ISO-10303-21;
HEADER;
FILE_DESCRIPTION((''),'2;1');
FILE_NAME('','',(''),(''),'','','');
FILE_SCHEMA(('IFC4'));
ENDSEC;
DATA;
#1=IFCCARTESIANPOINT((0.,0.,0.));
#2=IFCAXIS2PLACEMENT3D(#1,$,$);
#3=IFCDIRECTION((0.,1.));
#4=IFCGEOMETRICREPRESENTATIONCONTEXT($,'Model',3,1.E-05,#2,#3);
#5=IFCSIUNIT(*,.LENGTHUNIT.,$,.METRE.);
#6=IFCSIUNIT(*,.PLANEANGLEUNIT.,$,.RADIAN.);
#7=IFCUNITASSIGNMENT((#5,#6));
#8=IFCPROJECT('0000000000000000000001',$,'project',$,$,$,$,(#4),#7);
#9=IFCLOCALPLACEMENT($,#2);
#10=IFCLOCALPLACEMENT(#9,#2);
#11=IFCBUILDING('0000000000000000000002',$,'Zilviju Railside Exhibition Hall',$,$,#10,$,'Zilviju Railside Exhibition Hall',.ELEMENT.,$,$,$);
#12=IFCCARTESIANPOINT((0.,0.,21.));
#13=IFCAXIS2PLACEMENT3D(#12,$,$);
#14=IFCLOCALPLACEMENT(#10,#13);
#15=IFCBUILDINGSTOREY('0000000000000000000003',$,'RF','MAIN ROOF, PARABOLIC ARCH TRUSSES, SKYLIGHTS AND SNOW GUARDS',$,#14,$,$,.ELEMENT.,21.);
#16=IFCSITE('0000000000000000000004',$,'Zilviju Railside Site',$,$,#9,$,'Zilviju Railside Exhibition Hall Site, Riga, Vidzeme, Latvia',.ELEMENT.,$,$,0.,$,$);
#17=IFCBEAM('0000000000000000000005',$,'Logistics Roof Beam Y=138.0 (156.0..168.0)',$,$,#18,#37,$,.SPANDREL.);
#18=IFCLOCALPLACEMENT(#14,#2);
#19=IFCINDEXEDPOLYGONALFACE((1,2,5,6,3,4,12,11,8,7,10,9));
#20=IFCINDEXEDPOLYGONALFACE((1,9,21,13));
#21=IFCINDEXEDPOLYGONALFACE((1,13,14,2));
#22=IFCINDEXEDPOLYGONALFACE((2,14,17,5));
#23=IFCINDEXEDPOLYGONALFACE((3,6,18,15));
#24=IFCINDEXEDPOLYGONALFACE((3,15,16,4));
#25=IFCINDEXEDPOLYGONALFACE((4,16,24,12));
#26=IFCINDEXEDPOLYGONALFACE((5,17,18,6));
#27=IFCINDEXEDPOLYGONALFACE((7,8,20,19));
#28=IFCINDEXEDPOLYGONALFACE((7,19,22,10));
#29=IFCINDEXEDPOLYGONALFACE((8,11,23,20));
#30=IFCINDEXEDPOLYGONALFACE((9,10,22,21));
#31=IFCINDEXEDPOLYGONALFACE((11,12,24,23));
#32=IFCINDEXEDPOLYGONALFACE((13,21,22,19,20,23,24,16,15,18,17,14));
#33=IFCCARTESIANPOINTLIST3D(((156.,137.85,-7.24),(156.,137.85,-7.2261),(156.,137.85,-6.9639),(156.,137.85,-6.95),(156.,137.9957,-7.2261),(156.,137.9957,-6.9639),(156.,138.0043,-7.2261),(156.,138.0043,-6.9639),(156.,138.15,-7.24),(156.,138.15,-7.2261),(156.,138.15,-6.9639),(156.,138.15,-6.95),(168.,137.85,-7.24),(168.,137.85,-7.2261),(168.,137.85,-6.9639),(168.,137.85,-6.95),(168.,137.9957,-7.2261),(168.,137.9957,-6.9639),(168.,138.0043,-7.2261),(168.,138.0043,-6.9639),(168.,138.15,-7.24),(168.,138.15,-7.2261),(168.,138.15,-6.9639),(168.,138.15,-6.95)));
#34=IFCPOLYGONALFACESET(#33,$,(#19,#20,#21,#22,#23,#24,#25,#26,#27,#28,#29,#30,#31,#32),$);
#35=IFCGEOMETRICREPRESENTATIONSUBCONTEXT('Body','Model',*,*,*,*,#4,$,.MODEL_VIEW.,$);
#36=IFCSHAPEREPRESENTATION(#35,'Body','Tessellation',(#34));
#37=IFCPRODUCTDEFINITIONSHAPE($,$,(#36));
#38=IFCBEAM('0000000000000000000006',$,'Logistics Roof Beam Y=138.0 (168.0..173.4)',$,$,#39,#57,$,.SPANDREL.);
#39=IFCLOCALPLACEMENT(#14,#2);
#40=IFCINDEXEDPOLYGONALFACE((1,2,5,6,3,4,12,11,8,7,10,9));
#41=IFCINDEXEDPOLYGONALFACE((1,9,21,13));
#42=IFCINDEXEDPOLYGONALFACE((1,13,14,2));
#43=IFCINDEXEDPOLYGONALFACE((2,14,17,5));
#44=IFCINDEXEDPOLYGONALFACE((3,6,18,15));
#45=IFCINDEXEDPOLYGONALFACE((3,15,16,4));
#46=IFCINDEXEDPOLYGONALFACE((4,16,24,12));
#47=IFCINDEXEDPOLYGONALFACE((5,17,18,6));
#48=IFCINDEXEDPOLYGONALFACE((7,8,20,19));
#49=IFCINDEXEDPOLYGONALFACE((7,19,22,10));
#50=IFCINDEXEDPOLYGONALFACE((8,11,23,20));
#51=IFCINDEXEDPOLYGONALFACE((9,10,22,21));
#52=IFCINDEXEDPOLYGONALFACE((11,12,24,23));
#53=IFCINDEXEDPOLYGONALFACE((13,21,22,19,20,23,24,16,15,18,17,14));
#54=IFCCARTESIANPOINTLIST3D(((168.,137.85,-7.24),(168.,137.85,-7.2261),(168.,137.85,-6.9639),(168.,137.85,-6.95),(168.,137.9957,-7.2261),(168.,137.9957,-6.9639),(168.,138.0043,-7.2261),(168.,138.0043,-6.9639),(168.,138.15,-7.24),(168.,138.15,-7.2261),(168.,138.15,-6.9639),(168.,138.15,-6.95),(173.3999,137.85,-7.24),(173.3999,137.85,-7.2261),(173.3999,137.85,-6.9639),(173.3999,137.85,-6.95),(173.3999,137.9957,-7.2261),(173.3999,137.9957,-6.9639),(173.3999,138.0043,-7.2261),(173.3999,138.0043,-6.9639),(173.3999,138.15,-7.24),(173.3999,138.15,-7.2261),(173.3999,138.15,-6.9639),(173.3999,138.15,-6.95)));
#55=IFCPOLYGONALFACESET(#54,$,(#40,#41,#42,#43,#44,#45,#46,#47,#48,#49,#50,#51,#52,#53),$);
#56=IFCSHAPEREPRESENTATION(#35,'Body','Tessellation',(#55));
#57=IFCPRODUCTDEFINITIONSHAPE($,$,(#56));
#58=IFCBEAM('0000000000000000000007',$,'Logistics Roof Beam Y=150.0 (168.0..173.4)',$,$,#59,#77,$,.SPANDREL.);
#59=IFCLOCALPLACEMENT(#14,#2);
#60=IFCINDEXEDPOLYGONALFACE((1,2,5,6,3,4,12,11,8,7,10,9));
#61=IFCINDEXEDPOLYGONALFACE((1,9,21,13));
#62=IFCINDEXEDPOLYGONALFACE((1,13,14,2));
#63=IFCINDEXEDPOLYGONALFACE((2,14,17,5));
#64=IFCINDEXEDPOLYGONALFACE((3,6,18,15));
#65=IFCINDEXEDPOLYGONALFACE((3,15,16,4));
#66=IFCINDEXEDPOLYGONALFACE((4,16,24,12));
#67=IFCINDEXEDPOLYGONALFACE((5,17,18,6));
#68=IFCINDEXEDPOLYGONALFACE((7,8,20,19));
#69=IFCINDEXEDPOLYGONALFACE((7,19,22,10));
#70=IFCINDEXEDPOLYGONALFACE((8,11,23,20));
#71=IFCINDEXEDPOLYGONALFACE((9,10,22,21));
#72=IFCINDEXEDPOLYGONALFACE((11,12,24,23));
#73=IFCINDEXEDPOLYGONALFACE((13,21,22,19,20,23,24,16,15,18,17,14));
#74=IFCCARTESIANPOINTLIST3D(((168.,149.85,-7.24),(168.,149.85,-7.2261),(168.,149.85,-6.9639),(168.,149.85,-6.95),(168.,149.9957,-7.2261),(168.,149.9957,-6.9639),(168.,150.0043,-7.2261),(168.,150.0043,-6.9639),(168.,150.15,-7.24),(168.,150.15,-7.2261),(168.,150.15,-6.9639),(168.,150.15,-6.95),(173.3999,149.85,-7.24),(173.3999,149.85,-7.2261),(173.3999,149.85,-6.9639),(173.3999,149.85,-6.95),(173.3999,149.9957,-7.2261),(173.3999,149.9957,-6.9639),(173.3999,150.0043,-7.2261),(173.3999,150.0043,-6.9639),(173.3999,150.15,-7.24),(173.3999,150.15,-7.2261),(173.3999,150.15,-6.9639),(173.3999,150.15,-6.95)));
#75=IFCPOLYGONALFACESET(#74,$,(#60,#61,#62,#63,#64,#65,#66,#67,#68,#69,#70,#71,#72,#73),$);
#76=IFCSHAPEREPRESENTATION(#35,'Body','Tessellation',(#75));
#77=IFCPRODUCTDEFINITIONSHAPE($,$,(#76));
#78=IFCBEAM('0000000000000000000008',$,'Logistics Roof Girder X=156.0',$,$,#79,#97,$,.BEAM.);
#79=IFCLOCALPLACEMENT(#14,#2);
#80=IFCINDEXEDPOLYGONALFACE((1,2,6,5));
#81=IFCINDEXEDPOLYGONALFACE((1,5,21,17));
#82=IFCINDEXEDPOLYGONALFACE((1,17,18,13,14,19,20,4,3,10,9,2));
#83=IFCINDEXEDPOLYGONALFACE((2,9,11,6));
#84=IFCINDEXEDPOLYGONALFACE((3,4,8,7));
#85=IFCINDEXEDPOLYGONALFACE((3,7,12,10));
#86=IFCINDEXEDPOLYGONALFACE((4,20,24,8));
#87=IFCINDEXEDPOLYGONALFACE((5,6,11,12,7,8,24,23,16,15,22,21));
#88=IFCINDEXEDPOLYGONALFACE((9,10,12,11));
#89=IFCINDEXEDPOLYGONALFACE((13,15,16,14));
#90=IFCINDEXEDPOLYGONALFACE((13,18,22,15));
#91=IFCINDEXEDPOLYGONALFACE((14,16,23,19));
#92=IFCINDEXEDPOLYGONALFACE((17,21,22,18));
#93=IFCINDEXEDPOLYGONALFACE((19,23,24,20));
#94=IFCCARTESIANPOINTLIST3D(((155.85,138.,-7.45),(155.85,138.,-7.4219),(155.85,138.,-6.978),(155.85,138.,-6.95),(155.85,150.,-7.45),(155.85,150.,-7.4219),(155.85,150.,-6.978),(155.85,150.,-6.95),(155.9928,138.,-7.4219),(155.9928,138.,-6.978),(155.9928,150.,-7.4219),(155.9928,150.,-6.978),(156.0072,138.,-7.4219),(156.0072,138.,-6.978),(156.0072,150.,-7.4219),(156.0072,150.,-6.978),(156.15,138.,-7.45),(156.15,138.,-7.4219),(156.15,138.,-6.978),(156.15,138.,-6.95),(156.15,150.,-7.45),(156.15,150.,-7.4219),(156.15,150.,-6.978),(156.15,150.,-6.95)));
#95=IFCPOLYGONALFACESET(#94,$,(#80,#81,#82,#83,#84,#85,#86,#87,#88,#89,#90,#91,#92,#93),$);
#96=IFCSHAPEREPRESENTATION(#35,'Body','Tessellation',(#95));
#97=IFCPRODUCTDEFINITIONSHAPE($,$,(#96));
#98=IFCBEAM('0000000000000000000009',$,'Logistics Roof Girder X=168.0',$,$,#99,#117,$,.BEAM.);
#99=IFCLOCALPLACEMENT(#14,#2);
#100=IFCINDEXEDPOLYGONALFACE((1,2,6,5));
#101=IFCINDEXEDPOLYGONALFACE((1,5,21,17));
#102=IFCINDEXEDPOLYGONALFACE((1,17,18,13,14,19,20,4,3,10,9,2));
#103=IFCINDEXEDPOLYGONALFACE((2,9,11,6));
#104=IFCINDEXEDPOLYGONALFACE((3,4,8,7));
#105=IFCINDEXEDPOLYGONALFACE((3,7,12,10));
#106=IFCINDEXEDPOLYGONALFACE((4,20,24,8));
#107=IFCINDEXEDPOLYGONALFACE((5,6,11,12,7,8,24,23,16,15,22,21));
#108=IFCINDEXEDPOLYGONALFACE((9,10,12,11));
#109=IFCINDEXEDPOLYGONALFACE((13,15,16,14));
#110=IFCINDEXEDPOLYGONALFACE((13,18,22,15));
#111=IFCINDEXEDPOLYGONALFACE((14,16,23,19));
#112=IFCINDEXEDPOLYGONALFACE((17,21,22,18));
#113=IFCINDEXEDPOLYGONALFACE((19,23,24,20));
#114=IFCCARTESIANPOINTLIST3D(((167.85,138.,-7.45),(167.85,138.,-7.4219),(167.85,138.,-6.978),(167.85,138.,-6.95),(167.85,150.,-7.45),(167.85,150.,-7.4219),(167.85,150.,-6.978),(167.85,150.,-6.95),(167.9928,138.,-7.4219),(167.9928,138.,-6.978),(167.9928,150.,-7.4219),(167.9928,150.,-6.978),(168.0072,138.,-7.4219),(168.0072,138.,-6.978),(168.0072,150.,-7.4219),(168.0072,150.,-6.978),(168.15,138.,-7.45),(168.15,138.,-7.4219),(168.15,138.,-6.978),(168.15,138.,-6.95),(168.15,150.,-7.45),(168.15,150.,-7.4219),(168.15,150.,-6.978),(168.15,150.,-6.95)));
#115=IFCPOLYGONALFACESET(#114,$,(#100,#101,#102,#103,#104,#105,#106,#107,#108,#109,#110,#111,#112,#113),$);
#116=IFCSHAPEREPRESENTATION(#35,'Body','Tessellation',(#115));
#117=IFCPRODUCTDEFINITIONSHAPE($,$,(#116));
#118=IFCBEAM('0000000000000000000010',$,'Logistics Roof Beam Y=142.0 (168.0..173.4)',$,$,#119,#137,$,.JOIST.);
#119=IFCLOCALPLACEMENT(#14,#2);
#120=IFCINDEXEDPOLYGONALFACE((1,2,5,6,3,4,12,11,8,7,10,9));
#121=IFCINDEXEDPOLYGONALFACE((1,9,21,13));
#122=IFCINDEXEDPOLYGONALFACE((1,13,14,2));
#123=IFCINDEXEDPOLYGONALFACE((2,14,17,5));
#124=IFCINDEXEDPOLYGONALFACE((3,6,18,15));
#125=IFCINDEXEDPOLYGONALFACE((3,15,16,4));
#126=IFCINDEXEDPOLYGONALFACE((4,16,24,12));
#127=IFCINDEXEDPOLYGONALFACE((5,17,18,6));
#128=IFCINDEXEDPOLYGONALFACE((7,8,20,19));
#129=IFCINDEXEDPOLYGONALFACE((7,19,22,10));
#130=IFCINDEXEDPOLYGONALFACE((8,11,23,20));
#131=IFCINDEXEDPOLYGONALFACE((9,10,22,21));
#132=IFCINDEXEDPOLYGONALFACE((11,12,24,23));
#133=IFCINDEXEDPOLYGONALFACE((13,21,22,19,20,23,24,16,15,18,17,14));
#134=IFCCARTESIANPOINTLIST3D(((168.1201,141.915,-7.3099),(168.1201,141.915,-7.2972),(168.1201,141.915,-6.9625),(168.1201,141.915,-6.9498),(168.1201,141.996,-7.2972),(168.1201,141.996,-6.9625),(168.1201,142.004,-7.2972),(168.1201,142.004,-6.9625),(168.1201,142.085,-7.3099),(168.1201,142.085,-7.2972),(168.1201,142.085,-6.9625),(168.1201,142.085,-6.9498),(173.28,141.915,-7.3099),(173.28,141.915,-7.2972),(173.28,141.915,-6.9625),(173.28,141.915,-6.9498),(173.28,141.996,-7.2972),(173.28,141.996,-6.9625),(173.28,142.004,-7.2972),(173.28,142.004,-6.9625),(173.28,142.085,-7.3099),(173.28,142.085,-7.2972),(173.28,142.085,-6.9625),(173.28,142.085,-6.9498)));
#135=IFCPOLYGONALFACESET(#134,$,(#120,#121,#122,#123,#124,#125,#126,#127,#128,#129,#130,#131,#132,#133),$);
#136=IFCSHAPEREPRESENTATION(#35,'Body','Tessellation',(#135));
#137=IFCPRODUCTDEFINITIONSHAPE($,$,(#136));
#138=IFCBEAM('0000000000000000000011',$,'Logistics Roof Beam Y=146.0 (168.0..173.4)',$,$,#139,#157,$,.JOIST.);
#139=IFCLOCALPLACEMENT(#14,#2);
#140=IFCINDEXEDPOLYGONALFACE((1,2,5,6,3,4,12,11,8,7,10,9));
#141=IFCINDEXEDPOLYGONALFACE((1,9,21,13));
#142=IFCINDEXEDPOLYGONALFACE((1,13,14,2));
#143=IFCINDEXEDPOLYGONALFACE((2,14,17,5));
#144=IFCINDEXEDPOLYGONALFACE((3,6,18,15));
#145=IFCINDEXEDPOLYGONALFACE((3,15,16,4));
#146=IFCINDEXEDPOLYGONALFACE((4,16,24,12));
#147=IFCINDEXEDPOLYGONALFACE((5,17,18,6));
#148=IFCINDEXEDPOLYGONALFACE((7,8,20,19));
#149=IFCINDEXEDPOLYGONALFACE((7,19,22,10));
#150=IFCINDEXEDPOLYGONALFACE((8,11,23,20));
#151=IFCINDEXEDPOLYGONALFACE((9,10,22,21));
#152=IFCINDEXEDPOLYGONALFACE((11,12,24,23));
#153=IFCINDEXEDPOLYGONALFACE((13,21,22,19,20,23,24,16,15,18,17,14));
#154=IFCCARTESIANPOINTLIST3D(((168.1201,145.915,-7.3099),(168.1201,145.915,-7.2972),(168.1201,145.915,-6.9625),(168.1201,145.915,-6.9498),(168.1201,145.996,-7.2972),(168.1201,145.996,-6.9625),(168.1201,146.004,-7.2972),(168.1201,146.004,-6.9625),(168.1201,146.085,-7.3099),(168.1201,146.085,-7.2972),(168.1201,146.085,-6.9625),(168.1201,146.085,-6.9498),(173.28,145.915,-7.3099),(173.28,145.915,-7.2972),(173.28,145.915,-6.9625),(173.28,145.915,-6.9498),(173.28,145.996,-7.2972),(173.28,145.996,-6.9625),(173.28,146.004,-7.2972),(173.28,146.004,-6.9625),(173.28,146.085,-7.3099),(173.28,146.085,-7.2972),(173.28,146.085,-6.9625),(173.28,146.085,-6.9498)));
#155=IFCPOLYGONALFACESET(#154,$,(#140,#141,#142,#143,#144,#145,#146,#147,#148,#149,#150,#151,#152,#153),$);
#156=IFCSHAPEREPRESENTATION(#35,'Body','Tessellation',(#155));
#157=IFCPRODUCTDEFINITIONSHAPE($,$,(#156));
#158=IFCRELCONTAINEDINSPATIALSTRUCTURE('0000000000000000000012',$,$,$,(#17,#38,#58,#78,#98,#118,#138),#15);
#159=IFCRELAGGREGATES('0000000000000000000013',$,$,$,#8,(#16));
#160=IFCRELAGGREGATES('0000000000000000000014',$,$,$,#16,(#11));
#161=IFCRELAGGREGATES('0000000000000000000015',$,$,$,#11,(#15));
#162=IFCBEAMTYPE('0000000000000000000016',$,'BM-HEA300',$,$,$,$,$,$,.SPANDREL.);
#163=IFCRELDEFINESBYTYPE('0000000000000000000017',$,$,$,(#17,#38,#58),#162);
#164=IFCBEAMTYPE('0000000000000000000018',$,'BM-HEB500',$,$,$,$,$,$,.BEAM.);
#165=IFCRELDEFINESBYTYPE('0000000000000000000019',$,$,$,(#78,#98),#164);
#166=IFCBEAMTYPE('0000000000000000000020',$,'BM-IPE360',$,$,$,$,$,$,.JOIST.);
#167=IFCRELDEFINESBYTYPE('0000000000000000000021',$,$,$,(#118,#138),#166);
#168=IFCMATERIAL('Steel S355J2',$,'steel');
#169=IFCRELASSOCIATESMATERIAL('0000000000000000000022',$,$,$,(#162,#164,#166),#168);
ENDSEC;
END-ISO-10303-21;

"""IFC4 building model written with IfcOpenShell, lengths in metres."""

from ifc_helpers import new_model, si_unit, direction, frame, origin, origin_2d, place, context, subcontext, project, spatial, i_section, extrude, material, material_profile, profile_set, type_object, element, save


model = new_model("IFC4")

# Units and contexts
model_context = context("Model", 3, precision=1e-05, world=origin(), true_north=direction((0.0, 1.0)))
body_context = subcontext(model_context, "Body", "Model", "MODEL_VIEW")
ifc_project = project(units=[si_unit("LENGTHUNIT", "METRE"), si_unit("PLANEANGLEUNIT", "RADIAN")], contexts=[model_context])

# Site, building, storey
site_placement = place(None, origin())
site = spatial("IfcSite", under=ifc_project, at=site_placement, Name="Zilviju Railside Site", LongName="Zilviju Railside Exhibition Hall Site, Riga, Vidzeme, Latvia", CompositionType="ELEMENT", RefElevation=0.0)
building_placement = place(site_placement, origin())
building = spatial("IfcBuilding", under=site, at=building_placement, Name="Zilviju Railside Exhibition Hall", LongName="Zilviju Railside Exhibition Hall", CompositionType="ELEMENT")
storey_placement = place(building_placement, frame((0.0, 0.0, 21.0)))
storey = spatial("IfcBuildingStorey", under=building, at=storey_placement, Name="RF", Description="MAIN ROOF, PARABOLIC ARCH TRUSSES, SKYLIGHTS AND SNOW GUARDS", CompositionType="ELEMENT", Elevation=21.0)

# Beams
ifc_material_1 = material(Name="Steel S355J2", Category="steel")
ifc_material_profile_1 = material_profile(ifc_material_1, i_section(OverallWidth=0.3, OverallDepth=0.29, WebThickness=0.0085, FlangeThickness=0.0139, at=origin_2d()), Name="HEA 300")
ifc_profile_set_1 = profile_set([ifc_material_profile_1], Name="Steel S355J2")
beam_type_1 = type_object("IfcBeamType", Name="BM-HEA300", PredefinedType="SPANDREL", material=ifc_profile_set_1)
beam_placement = place(storey_placement, frame((156.0, 138.0, -7.095), z_axis=(1.0, 0.0, 0.0), x_axis=(0.0, 1.0, 0.0)))
element("IfcBeam", 1, at=beam_placement, inside=storey, type_object=beam_type_1, Name="Logistics Roof Beam Y=138.0 (156.0..168.0)", PredefinedType="SPANDREL", context=body_context, shape_type="SweptSolid", body=[
    extrude(i_section(OverallWidth=0.3, OverallDepth=0.29, WebThickness=0.0085, FlangeThickness=0.0139, at=origin_2d()), origin(), (0.0, 0.0, 1.0), 12.0),
])
for number, where, z_axis, x_axis, name in (
    (2, (168.0, 138.0, -7.095), (1.0, 0.0, 0.0), (0.0, 1.0, 0.0), "Logistics Roof Beam Y=138.0 (168.0..173.4)"),
    (3, (168.0, 150.0, -7.095), (1.0, 0.0, 0.0), (0.0, 1.0, 0.0), "Logistics Roof Beam Y=150.0 (168.0..173.4)"),
):
    element("IfcBeam", number, at=place(storey_placement, frame(where, z_axis=z_axis, x_axis=x_axis)), inside=storey, type_object=beam_type_1, Name=name, PredefinedType="SPANDREL", context=body_context, shape_type="SweptSolid", body=[
        extrude(i_section(OverallWidth=0.3, OverallDepth=0.29, WebThickness=0.0085, FlangeThickness=0.0139, at=origin_2d()), origin(), (0.0, 0.0, 1.0), 5.3999),
    ])
ifc_material_profile_2 = material_profile(ifc_material_1, i_section(OverallWidth=0.3, OverallDepth=0.5, WebThickness=0.0144, FlangeThickness=0.0281, at=origin_2d()), Name="HEB 500")
ifc_profile_set_2 = profile_set([ifc_material_profile_2], Name="Steel S355J2")
beam_type_2 = type_object("IfcBeamType", Name="BM-HEB500", PredefinedType="BEAM", material=ifc_profile_set_2)
for number, where, z_axis, x_axis, name in (
    (4, (156.0, 138.0, -7.2), (0.0, 1.0, 0.0), (-1.0, 0.0, 0.0), "Logistics Roof Girder X=156.0"),
    (5, (168.0, 138.0, -7.2), (0.0, 1.0, 0.0), (-1.0, 0.0, 0.0), "Logistics Roof Girder X=168.0"),
):
    element("IfcBeam", number, at=place(storey_placement, frame(where, z_axis=z_axis, x_axis=x_axis)), inside=storey, type_object=beam_type_2, Name=name, PredefinedType="BEAM", context=body_context, shape_type="SweptSolid", body=[
        extrude(i_section(OverallWidth=0.3, OverallDepth=0.5, WebThickness=0.0144, FlangeThickness=0.0281, at=origin_2d()), origin(), (0.0, 0.0, 1.0), 12.0),
    ])
ifc_material_profile_3 = material_profile(ifc_material_1, i_section(OverallWidth=0.1699, OverallDepth=0.3601, WebThickness=0.0081, FlangeThickness=0.0127, at=origin_2d()), Name="IPE 360")
ifc_profile_set_3 = profile_set([ifc_material_profile_3], Name="Steel S355J2")
beam_type_3 = type_object("IfcBeamType", Name="BM-IPE360", PredefinedType="JOIST", material=ifc_profile_set_3)
for number, where, z_axis, x_axis, name in (
    (6, (168.1201, 142.0, -7.1299), (1.0, 0.0, 0.0), (0.0, 1.0, 0.0), "Logistics Roof Beam Y=142.0 (168.0..173.4)"),
    (7, (168.1201, 146.0, -7.1299), (1.0, 0.0, 0.0), (0.0, 1.0, 0.0), "Logistics Roof Beam Y=146.0 (168.0..173.4)"),
):
    element("IfcBeam", number, at=place(storey_placement, frame(where, z_axis=z_axis, x_axis=x_axis)), inside=storey, type_object=beam_type_3, Name=name, PredefinedType="JOIST", context=body_context, shape_type="SweptSolid", body=[
        extrude(i_section(OverallWidth=0.1699, OverallDepth=0.3601, WebThickness=0.0081, FlangeThickness=0.0127, at=origin_2d()), origin(), (0.0, 0.0, 1.0), 5.1599),
    ])

save(model, "model.ifc")
